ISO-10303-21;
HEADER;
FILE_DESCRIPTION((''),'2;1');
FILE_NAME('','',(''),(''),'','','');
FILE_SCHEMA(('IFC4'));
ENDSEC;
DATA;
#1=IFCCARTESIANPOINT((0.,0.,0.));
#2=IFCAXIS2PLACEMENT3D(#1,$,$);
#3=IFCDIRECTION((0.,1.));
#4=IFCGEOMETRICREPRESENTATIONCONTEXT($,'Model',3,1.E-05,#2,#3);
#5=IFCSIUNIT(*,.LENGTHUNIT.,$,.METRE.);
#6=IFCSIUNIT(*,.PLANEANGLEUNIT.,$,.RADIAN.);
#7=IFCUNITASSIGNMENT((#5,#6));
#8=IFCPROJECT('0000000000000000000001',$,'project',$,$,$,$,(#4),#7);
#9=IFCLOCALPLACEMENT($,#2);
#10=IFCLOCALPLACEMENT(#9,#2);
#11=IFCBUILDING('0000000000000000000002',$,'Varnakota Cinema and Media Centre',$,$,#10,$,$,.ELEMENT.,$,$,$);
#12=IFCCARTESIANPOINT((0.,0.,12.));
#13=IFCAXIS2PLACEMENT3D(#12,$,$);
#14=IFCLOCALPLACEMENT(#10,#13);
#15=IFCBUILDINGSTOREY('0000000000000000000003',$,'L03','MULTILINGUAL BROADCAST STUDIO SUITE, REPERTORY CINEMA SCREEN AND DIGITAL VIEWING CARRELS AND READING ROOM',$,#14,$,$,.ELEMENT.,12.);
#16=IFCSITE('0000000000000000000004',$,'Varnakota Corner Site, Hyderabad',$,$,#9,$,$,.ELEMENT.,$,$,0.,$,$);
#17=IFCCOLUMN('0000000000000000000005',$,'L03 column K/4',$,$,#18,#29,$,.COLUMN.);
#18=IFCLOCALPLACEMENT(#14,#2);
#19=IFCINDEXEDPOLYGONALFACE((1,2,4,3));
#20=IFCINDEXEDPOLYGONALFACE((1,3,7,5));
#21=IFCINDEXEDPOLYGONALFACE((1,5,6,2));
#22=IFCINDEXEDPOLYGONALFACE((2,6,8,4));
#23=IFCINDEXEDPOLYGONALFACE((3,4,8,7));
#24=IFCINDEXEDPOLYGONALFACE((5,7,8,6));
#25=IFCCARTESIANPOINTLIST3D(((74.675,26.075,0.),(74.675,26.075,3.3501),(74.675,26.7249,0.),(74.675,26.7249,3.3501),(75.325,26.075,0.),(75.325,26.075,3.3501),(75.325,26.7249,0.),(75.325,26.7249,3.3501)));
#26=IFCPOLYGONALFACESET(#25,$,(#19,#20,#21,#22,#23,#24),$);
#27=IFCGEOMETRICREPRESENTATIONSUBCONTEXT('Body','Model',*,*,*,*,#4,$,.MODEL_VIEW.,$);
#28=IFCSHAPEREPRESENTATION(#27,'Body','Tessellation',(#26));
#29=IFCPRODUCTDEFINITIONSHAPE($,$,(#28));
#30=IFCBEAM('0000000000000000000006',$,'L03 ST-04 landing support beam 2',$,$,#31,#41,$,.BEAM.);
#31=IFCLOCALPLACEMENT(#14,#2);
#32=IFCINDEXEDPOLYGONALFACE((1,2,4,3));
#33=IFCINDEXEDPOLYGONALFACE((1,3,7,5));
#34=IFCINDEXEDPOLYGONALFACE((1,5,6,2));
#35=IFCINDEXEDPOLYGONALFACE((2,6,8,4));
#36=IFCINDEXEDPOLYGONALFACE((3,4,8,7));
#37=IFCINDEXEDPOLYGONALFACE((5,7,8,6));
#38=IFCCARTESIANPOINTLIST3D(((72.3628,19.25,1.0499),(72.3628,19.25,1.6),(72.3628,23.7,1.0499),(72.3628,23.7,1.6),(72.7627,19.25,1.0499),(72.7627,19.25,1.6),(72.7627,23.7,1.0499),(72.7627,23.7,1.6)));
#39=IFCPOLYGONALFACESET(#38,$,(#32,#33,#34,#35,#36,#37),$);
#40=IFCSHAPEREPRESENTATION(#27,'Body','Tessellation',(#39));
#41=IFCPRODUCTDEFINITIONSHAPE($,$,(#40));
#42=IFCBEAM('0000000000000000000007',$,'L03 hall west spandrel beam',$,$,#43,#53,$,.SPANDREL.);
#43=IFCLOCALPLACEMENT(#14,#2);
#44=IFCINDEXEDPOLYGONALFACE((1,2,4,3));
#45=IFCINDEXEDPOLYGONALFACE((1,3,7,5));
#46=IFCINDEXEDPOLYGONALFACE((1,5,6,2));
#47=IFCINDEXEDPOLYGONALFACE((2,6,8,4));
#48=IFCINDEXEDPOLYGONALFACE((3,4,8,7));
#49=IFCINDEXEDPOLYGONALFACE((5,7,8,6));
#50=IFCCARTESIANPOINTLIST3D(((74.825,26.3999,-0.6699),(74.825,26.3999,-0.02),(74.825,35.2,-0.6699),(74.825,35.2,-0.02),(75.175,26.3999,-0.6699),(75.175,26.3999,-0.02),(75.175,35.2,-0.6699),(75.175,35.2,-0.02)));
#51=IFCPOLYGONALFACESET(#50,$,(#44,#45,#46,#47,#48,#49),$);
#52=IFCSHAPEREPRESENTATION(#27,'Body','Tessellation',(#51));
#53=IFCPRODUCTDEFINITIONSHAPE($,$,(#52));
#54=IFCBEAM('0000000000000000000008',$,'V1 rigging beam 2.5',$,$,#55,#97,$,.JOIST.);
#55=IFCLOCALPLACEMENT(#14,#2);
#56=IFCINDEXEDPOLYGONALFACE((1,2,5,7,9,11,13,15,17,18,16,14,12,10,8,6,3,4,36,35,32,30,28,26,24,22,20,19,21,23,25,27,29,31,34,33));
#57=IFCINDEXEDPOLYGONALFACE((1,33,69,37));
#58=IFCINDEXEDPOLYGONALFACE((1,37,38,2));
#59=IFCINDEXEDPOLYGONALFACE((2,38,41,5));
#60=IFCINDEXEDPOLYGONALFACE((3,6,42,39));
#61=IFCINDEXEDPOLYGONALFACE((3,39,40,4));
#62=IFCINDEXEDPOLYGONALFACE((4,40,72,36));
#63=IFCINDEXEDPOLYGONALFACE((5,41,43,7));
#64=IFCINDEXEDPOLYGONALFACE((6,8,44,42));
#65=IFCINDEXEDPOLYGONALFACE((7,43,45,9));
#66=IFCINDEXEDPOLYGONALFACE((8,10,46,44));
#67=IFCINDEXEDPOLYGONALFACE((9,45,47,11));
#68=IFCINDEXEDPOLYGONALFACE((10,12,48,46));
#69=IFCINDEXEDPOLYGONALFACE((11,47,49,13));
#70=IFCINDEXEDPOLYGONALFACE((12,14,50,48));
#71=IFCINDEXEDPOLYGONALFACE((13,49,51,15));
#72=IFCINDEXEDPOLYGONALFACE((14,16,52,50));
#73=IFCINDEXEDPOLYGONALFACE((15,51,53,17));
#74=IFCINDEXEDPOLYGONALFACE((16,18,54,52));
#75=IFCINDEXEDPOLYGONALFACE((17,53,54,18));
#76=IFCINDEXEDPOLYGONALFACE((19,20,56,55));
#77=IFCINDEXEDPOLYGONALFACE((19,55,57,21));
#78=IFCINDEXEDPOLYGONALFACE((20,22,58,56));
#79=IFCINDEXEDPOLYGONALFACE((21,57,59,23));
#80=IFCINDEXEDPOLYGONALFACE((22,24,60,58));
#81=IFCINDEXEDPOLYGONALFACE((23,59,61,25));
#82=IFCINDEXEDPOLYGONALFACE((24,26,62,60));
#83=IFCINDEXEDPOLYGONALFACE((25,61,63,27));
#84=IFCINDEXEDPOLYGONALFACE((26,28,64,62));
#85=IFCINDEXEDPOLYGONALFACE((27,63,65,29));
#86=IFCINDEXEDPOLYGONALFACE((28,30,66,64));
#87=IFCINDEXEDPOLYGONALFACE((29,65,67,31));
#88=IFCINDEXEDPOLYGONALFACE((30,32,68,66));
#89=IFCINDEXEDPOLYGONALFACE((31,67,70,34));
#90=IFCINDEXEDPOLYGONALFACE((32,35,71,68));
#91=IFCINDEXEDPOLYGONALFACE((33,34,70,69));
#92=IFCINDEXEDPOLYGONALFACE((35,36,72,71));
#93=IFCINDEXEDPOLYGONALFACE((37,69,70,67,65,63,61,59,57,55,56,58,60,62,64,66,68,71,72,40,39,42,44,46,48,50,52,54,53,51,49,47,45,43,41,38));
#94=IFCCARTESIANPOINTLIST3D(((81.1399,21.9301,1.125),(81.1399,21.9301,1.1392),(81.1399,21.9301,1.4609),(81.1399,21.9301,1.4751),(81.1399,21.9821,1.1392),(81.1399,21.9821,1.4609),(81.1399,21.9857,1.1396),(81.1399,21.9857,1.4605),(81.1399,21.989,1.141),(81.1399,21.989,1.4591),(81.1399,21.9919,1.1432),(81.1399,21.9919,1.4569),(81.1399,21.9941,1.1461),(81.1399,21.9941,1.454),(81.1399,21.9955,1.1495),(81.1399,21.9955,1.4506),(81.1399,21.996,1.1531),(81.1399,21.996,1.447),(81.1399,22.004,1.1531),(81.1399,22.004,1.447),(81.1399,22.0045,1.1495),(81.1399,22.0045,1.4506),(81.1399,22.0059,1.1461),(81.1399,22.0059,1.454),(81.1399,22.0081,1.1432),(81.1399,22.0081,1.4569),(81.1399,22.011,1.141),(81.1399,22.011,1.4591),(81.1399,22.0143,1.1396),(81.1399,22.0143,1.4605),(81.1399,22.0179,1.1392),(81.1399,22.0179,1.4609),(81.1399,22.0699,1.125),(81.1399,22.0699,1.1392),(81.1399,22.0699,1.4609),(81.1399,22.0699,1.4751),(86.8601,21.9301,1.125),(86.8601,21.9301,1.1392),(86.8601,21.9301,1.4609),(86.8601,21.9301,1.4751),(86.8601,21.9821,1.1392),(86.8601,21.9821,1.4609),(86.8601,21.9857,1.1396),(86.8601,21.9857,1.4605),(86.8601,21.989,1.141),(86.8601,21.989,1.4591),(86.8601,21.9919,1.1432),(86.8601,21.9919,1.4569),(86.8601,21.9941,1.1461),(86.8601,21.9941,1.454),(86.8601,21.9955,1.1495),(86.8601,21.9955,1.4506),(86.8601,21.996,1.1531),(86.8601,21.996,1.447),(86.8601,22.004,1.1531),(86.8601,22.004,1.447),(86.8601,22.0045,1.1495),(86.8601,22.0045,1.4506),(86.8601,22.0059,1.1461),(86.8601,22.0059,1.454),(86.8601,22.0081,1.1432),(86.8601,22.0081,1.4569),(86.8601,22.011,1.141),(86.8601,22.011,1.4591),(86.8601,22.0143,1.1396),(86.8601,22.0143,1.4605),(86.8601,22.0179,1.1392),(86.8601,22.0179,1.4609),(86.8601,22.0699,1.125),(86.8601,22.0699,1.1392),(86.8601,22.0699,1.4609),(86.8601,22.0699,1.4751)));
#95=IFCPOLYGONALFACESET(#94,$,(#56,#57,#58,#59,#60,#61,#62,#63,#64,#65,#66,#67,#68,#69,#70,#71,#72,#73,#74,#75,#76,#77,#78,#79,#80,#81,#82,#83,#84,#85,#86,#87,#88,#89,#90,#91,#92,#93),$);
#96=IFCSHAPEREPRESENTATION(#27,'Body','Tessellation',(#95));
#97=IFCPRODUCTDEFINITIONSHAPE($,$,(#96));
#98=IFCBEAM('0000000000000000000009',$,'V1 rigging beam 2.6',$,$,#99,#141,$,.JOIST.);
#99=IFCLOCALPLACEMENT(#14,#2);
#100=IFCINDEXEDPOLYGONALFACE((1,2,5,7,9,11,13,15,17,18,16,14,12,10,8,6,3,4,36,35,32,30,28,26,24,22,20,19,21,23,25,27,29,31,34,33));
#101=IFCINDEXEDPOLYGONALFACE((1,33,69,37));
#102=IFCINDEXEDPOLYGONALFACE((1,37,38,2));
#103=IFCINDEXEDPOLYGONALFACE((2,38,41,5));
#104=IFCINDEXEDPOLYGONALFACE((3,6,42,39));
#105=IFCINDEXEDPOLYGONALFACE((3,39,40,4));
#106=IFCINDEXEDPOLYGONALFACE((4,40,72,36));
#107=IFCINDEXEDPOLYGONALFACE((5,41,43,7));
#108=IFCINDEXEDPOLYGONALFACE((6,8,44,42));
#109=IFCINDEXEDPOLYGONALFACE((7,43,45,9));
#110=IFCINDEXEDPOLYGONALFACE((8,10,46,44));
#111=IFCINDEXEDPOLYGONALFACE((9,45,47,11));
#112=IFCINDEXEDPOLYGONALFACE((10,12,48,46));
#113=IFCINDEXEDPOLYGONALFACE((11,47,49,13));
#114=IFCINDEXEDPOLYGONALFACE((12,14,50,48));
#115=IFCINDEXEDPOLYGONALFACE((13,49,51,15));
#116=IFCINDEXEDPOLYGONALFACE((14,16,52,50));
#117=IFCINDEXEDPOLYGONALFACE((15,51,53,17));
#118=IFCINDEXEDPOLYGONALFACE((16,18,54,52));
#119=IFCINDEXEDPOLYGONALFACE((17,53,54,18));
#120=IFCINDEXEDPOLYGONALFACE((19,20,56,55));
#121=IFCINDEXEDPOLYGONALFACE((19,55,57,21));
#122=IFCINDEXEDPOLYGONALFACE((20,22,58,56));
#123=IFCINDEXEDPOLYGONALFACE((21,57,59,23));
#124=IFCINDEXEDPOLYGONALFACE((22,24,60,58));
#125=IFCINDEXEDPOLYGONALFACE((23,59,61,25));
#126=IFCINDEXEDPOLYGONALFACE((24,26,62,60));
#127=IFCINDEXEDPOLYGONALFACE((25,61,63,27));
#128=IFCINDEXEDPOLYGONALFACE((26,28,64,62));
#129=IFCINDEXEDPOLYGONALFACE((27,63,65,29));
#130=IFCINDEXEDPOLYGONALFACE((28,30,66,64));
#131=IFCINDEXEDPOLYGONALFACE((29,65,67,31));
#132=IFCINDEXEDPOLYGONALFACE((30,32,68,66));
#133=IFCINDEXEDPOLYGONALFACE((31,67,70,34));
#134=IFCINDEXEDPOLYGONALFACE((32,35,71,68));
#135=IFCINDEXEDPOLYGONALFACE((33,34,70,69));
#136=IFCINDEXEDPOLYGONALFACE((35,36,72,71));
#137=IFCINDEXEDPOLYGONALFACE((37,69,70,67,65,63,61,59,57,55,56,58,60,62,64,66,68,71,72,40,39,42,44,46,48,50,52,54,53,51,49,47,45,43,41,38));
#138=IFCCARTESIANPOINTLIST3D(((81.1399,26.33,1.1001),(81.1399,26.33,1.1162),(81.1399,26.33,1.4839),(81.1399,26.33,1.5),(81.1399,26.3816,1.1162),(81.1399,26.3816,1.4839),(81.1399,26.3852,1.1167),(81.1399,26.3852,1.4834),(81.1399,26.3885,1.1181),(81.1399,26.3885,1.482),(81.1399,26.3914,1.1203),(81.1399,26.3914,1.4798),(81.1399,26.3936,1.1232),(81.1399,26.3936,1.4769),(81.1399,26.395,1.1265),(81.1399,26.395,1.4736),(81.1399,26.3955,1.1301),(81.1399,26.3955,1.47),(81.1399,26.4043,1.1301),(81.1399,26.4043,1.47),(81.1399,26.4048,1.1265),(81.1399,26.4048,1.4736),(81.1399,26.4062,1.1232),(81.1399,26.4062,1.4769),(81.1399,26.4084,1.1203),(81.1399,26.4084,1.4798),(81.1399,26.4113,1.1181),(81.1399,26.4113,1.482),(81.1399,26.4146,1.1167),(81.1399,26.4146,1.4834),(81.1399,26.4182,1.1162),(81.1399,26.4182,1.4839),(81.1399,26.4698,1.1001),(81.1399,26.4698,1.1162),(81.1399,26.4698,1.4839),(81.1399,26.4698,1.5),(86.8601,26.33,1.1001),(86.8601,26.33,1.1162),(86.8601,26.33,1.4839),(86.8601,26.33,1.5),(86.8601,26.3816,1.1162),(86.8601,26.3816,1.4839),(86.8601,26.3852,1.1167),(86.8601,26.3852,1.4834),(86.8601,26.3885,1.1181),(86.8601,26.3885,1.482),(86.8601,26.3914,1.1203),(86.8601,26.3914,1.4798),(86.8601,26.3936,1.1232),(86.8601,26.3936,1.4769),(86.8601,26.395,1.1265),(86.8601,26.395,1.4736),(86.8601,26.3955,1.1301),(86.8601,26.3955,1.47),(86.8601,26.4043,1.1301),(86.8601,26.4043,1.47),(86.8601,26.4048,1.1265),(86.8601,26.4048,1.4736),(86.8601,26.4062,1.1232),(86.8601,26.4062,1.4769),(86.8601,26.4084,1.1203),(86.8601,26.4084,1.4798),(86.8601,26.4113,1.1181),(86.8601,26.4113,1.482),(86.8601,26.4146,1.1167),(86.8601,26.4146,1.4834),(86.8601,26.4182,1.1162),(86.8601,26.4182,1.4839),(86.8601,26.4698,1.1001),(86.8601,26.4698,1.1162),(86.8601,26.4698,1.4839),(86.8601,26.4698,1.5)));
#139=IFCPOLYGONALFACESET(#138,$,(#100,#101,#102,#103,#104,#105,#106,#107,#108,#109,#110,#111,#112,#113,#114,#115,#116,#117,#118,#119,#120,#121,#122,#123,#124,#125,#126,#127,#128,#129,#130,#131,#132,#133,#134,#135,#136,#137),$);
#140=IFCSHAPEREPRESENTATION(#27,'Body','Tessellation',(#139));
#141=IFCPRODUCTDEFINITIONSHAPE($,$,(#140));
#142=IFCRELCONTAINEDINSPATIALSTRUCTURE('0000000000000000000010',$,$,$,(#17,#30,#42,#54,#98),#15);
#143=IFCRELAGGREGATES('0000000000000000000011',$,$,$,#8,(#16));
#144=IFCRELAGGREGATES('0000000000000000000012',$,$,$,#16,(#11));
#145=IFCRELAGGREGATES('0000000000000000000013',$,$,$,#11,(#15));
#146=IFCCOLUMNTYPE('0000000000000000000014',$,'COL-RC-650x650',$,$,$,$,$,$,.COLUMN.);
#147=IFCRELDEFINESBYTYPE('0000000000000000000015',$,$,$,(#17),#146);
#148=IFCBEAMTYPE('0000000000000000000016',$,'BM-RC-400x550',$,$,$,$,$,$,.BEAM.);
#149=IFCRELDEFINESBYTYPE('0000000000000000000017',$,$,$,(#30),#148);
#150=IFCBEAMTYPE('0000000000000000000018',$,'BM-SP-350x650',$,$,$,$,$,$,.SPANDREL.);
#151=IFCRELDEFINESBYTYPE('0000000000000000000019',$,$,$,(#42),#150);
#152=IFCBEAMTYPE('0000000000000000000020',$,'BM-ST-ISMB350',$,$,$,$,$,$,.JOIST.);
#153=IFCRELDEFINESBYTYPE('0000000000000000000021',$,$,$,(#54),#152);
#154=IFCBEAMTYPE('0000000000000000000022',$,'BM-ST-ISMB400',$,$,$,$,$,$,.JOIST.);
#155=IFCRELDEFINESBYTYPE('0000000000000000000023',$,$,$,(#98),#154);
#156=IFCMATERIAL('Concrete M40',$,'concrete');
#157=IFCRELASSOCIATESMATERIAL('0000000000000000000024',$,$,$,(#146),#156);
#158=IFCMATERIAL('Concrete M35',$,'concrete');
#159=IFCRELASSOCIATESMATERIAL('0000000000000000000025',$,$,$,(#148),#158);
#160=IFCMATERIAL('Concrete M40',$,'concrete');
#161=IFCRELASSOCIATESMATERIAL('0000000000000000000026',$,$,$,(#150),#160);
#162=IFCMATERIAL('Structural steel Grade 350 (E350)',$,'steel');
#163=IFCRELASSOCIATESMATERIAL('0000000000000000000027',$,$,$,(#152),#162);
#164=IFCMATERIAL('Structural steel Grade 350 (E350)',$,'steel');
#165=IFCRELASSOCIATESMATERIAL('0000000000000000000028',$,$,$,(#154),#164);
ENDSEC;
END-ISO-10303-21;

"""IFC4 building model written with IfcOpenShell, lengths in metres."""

from ifc_helpers import new_model, si_unit, direction, frame, origin, origin_2d, place, context, subcontext, project, spatial, rectangle, i_section, extrude, material, material_profile, profile_set, type_object, element, save


model = new_model("IFC4")

# Units and contexts
model_context = context("Model", 3, precision=1e-05, world=origin(), true_north=direction((0.0, 1.0)))
body_context = subcontext(model_context, "Body", "Model", "MODEL_VIEW")
ifc_project = project(units=[si_unit("LENGTHUNIT", "METRE"), si_unit("PLANEANGLEUNIT", "RADIAN")], contexts=[model_context])

# Site, building, storey
site_placement = place(None, origin())
site = spatial("IfcSite", under=ifc_project, at=site_placement, Name="Varnakota Corner Site, Hyderabad", CompositionType="ELEMENT", RefElevation=0.0)
building_placement = place(site_placement, origin())
building = spatial("IfcBuilding", under=site, at=building_placement, Name="Varnakota Cinema and Media Centre", CompositionType="ELEMENT")
storey_placement = place(building_placement, frame((0.0, 0.0, 12.0)))
storey = spatial("IfcBuildingStorey", under=building, at=storey_placement, Name="L03", Description="MULTILINGUAL BROADCAST STUDIO SUITE, REPERTORY CINEMA SCREEN AND DIGITAL VIEWING CARRELS AND READING ROOM", CompositionType="ELEMENT", Elevation=12.0)

# Column
ifc_material_1 = material(Name="Concrete M40", Category="concrete")
ifc_material_profile_1 = material_profile(ifc_material_1, rectangle(XDim=0.6499, YDim=0.6499, at=origin_2d()), Name="RC 650x650")
ifc_profile_set_1 = profile_set([ifc_material_profile_1], Name="Concrete M40")
column_type = type_object("IfcColumnType", Name="COL-RC-650x650", PredefinedType="COLUMN", material=ifc_profile_set_1)
column_placement = place(storey_placement, frame((75.0, 26.3999, 0.0), z_axis=(0.0, 0.0, 1.0), x_axis=(1.0, 0.0, 0.0)))
element("IfcColumn", 1, at=column_placement, inside=storey, type_object=column_type, Name="L03 column K/4", PredefinedType="COLUMN", context=body_context, shape_type="SweptSolid", body=[
    extrude(rectangle(XDim=0.6499, YDim=0.6499, at=origin_2d()), origin(), (0.0, 0.0, 1.0), 3.3501),
])

# Beams
ifc_material_2 = material(Name="Concrete M35", Category="concrete")
ifc_material_profile_2 = material_profile(ifc_material_2, rectangle(XDim=0.3999, YDim=0.55, at=origin_2d()), Name="RCB 400x550")
ifc_profile_set_2 = profile_set([ifc_material_profile_2], Name="Concrete M35")
beam_type_1 = type_object("IfcBeamType", Name="BM-RC-400x550", PredefinedType="BEAM", material=ifc_profile_set_2)
beam_1_placement = place(storey_placement, frame((72.5627, 19.25, 1.325), z_axis=(0.0, 1.0, 0.0), x_axis=(-1.0, 0.0, 0.0)))
element("IfcBeam", 2, at=beam_1_placement, inside=storey, type_object=beam_type_1, Name="L03 ST-04 landing support beam 2", PredefinedType="BEAM", context=body_context, shape_type="SweptSolid", body=[
    extrude(rectangle(XDim=0.3999, YDim=0.55, at=origin_2d()), origin(), (0.0, 0.0, 1.0), 4.45),
])
ifc_material_3 = material(Name="Concrete M40", Category="concrete")
ifc_material_profile_3 = material_profile(ifc_material_3, rectangle(XDim=0.3501, YDim=0.6499, at=origin_2d()), Name="RCB 350x650")
ifc_profile_set_3 = profile_set([ifc_material_profile_3], Name="Concrete M40")
beam_type_2 = type_object("IfcBeamType", Name="BM-SP-350x650", PredefinedType="SPANDREL", material=ifc_profile_set_3)
beam_2_placement = place(storey_placement, frame((75.0, 26.3999, -0.345), z_axis=(0.0, 1.0, 0.0), x_axis=(-1.0, 0.0, 0.0)))
element("IfcBeam", 3, at=beam_2_placement, inside=storey, type_object=beam_type_2, Name="L03 hall west spandrel beam", PredefinedType="SPANDREL", context=body_context, shape_type="SweptSolid", body=[
    extrude(rectangle(XDim=0.3501, YDim=0.6499, at=origin_2d()), origin(), (0.0, 0.0, 1.0), 8.8),
])
ifc_material_4 = material(Name="Structural steel Grade 350 (E350)", Category="steel")
ifc_material_profile_4 = material_profile(ifc_material_4, i_section(OverallWidth=0.1399, OverallDepth=0.3501, WebThickness=0.0081, FlangeThickness=0.0142, FilletRadius=0.0139, at=origin_2d()), Name="ISMB 350")
ifc_profile_set_4 = profile_set([ifc_material_profile_4], Name="Structural steel Grade 350 (E350)")
beam_type_3 = type_object("IfcBeamType", Name="BM-ST-ISMB350", PredefinedType="JOIST", material=ifc_profile_set_4)
beam_3_placement = place(storey_placement, frame((81.1399, 22.0, 1.3), z_axis=(1.0, 0.0, 0.0), x_axis=(0.0, 1.0, 0.0)))
element("IfcBeam", 4, at=beam_3_placement, inside=storey, type_object=beam_type_3, Name="V1 rigging beam 2.5", PredefinedType="JOIST", context=body_context, shape_type="SweptSolid", body=[
    extrude(i_section(OverallWidth=0.1399, OverallDepth=0.3501, WebThickness=0.0081, FlangeThickness=0.0142, FilletRadius=0.0139, at=origin_2d()), origin(), (0.0, 0.0, 1.0), 5.7202),
])
ifc_material_5 = material(Name="Structural steel Grade 350 (E350)", Category="steel")
ifc_material_profile_5 = material_profile(ifc_material_5, i_section(OverallWidth=0.1399, OverallDepth=0.3999, WebThickness=0.0088, FlangeThickness=0.0161, FilletRadius=0.0139, at=origin_2d()), Name="ISMB 400")
ifc_profile_set_5 = profile_set([ifc_material_profile_5], Name="Structural steel Grade 350 (E350)")
beam_type_4 = type_object("IfcBeamType", Name="BM-ST-ISMB400", PredefinedType="JOIST", material=ifc_profile_set_5)
beam_4_placement = place(storey_placement, frame((81.1399, 26.3999, 1.3), z_axis=(1.0, 0.0, 0.0), x_axis=(0.0, 1.0, 0.0)))
element("IfcBeam", 5, at=beam_4_placement, inside=storey, type_object=beam_type_4, Name="V1 rigging beam 2.6", PredefinedType="JOIST", context=body_context, shape_type="SweptSolid", body=[
    extrude(i_section(OverallWidth=0.1399, OverallDepth=0.3999, WebThickness=0.0088, FlangeThickness=0.0161, FilletRadius=0.0139, at=origin_2d()), origin(), (0.0, 0.0, 1.0), 5.7202),
])

save(model, "model.ifc")
